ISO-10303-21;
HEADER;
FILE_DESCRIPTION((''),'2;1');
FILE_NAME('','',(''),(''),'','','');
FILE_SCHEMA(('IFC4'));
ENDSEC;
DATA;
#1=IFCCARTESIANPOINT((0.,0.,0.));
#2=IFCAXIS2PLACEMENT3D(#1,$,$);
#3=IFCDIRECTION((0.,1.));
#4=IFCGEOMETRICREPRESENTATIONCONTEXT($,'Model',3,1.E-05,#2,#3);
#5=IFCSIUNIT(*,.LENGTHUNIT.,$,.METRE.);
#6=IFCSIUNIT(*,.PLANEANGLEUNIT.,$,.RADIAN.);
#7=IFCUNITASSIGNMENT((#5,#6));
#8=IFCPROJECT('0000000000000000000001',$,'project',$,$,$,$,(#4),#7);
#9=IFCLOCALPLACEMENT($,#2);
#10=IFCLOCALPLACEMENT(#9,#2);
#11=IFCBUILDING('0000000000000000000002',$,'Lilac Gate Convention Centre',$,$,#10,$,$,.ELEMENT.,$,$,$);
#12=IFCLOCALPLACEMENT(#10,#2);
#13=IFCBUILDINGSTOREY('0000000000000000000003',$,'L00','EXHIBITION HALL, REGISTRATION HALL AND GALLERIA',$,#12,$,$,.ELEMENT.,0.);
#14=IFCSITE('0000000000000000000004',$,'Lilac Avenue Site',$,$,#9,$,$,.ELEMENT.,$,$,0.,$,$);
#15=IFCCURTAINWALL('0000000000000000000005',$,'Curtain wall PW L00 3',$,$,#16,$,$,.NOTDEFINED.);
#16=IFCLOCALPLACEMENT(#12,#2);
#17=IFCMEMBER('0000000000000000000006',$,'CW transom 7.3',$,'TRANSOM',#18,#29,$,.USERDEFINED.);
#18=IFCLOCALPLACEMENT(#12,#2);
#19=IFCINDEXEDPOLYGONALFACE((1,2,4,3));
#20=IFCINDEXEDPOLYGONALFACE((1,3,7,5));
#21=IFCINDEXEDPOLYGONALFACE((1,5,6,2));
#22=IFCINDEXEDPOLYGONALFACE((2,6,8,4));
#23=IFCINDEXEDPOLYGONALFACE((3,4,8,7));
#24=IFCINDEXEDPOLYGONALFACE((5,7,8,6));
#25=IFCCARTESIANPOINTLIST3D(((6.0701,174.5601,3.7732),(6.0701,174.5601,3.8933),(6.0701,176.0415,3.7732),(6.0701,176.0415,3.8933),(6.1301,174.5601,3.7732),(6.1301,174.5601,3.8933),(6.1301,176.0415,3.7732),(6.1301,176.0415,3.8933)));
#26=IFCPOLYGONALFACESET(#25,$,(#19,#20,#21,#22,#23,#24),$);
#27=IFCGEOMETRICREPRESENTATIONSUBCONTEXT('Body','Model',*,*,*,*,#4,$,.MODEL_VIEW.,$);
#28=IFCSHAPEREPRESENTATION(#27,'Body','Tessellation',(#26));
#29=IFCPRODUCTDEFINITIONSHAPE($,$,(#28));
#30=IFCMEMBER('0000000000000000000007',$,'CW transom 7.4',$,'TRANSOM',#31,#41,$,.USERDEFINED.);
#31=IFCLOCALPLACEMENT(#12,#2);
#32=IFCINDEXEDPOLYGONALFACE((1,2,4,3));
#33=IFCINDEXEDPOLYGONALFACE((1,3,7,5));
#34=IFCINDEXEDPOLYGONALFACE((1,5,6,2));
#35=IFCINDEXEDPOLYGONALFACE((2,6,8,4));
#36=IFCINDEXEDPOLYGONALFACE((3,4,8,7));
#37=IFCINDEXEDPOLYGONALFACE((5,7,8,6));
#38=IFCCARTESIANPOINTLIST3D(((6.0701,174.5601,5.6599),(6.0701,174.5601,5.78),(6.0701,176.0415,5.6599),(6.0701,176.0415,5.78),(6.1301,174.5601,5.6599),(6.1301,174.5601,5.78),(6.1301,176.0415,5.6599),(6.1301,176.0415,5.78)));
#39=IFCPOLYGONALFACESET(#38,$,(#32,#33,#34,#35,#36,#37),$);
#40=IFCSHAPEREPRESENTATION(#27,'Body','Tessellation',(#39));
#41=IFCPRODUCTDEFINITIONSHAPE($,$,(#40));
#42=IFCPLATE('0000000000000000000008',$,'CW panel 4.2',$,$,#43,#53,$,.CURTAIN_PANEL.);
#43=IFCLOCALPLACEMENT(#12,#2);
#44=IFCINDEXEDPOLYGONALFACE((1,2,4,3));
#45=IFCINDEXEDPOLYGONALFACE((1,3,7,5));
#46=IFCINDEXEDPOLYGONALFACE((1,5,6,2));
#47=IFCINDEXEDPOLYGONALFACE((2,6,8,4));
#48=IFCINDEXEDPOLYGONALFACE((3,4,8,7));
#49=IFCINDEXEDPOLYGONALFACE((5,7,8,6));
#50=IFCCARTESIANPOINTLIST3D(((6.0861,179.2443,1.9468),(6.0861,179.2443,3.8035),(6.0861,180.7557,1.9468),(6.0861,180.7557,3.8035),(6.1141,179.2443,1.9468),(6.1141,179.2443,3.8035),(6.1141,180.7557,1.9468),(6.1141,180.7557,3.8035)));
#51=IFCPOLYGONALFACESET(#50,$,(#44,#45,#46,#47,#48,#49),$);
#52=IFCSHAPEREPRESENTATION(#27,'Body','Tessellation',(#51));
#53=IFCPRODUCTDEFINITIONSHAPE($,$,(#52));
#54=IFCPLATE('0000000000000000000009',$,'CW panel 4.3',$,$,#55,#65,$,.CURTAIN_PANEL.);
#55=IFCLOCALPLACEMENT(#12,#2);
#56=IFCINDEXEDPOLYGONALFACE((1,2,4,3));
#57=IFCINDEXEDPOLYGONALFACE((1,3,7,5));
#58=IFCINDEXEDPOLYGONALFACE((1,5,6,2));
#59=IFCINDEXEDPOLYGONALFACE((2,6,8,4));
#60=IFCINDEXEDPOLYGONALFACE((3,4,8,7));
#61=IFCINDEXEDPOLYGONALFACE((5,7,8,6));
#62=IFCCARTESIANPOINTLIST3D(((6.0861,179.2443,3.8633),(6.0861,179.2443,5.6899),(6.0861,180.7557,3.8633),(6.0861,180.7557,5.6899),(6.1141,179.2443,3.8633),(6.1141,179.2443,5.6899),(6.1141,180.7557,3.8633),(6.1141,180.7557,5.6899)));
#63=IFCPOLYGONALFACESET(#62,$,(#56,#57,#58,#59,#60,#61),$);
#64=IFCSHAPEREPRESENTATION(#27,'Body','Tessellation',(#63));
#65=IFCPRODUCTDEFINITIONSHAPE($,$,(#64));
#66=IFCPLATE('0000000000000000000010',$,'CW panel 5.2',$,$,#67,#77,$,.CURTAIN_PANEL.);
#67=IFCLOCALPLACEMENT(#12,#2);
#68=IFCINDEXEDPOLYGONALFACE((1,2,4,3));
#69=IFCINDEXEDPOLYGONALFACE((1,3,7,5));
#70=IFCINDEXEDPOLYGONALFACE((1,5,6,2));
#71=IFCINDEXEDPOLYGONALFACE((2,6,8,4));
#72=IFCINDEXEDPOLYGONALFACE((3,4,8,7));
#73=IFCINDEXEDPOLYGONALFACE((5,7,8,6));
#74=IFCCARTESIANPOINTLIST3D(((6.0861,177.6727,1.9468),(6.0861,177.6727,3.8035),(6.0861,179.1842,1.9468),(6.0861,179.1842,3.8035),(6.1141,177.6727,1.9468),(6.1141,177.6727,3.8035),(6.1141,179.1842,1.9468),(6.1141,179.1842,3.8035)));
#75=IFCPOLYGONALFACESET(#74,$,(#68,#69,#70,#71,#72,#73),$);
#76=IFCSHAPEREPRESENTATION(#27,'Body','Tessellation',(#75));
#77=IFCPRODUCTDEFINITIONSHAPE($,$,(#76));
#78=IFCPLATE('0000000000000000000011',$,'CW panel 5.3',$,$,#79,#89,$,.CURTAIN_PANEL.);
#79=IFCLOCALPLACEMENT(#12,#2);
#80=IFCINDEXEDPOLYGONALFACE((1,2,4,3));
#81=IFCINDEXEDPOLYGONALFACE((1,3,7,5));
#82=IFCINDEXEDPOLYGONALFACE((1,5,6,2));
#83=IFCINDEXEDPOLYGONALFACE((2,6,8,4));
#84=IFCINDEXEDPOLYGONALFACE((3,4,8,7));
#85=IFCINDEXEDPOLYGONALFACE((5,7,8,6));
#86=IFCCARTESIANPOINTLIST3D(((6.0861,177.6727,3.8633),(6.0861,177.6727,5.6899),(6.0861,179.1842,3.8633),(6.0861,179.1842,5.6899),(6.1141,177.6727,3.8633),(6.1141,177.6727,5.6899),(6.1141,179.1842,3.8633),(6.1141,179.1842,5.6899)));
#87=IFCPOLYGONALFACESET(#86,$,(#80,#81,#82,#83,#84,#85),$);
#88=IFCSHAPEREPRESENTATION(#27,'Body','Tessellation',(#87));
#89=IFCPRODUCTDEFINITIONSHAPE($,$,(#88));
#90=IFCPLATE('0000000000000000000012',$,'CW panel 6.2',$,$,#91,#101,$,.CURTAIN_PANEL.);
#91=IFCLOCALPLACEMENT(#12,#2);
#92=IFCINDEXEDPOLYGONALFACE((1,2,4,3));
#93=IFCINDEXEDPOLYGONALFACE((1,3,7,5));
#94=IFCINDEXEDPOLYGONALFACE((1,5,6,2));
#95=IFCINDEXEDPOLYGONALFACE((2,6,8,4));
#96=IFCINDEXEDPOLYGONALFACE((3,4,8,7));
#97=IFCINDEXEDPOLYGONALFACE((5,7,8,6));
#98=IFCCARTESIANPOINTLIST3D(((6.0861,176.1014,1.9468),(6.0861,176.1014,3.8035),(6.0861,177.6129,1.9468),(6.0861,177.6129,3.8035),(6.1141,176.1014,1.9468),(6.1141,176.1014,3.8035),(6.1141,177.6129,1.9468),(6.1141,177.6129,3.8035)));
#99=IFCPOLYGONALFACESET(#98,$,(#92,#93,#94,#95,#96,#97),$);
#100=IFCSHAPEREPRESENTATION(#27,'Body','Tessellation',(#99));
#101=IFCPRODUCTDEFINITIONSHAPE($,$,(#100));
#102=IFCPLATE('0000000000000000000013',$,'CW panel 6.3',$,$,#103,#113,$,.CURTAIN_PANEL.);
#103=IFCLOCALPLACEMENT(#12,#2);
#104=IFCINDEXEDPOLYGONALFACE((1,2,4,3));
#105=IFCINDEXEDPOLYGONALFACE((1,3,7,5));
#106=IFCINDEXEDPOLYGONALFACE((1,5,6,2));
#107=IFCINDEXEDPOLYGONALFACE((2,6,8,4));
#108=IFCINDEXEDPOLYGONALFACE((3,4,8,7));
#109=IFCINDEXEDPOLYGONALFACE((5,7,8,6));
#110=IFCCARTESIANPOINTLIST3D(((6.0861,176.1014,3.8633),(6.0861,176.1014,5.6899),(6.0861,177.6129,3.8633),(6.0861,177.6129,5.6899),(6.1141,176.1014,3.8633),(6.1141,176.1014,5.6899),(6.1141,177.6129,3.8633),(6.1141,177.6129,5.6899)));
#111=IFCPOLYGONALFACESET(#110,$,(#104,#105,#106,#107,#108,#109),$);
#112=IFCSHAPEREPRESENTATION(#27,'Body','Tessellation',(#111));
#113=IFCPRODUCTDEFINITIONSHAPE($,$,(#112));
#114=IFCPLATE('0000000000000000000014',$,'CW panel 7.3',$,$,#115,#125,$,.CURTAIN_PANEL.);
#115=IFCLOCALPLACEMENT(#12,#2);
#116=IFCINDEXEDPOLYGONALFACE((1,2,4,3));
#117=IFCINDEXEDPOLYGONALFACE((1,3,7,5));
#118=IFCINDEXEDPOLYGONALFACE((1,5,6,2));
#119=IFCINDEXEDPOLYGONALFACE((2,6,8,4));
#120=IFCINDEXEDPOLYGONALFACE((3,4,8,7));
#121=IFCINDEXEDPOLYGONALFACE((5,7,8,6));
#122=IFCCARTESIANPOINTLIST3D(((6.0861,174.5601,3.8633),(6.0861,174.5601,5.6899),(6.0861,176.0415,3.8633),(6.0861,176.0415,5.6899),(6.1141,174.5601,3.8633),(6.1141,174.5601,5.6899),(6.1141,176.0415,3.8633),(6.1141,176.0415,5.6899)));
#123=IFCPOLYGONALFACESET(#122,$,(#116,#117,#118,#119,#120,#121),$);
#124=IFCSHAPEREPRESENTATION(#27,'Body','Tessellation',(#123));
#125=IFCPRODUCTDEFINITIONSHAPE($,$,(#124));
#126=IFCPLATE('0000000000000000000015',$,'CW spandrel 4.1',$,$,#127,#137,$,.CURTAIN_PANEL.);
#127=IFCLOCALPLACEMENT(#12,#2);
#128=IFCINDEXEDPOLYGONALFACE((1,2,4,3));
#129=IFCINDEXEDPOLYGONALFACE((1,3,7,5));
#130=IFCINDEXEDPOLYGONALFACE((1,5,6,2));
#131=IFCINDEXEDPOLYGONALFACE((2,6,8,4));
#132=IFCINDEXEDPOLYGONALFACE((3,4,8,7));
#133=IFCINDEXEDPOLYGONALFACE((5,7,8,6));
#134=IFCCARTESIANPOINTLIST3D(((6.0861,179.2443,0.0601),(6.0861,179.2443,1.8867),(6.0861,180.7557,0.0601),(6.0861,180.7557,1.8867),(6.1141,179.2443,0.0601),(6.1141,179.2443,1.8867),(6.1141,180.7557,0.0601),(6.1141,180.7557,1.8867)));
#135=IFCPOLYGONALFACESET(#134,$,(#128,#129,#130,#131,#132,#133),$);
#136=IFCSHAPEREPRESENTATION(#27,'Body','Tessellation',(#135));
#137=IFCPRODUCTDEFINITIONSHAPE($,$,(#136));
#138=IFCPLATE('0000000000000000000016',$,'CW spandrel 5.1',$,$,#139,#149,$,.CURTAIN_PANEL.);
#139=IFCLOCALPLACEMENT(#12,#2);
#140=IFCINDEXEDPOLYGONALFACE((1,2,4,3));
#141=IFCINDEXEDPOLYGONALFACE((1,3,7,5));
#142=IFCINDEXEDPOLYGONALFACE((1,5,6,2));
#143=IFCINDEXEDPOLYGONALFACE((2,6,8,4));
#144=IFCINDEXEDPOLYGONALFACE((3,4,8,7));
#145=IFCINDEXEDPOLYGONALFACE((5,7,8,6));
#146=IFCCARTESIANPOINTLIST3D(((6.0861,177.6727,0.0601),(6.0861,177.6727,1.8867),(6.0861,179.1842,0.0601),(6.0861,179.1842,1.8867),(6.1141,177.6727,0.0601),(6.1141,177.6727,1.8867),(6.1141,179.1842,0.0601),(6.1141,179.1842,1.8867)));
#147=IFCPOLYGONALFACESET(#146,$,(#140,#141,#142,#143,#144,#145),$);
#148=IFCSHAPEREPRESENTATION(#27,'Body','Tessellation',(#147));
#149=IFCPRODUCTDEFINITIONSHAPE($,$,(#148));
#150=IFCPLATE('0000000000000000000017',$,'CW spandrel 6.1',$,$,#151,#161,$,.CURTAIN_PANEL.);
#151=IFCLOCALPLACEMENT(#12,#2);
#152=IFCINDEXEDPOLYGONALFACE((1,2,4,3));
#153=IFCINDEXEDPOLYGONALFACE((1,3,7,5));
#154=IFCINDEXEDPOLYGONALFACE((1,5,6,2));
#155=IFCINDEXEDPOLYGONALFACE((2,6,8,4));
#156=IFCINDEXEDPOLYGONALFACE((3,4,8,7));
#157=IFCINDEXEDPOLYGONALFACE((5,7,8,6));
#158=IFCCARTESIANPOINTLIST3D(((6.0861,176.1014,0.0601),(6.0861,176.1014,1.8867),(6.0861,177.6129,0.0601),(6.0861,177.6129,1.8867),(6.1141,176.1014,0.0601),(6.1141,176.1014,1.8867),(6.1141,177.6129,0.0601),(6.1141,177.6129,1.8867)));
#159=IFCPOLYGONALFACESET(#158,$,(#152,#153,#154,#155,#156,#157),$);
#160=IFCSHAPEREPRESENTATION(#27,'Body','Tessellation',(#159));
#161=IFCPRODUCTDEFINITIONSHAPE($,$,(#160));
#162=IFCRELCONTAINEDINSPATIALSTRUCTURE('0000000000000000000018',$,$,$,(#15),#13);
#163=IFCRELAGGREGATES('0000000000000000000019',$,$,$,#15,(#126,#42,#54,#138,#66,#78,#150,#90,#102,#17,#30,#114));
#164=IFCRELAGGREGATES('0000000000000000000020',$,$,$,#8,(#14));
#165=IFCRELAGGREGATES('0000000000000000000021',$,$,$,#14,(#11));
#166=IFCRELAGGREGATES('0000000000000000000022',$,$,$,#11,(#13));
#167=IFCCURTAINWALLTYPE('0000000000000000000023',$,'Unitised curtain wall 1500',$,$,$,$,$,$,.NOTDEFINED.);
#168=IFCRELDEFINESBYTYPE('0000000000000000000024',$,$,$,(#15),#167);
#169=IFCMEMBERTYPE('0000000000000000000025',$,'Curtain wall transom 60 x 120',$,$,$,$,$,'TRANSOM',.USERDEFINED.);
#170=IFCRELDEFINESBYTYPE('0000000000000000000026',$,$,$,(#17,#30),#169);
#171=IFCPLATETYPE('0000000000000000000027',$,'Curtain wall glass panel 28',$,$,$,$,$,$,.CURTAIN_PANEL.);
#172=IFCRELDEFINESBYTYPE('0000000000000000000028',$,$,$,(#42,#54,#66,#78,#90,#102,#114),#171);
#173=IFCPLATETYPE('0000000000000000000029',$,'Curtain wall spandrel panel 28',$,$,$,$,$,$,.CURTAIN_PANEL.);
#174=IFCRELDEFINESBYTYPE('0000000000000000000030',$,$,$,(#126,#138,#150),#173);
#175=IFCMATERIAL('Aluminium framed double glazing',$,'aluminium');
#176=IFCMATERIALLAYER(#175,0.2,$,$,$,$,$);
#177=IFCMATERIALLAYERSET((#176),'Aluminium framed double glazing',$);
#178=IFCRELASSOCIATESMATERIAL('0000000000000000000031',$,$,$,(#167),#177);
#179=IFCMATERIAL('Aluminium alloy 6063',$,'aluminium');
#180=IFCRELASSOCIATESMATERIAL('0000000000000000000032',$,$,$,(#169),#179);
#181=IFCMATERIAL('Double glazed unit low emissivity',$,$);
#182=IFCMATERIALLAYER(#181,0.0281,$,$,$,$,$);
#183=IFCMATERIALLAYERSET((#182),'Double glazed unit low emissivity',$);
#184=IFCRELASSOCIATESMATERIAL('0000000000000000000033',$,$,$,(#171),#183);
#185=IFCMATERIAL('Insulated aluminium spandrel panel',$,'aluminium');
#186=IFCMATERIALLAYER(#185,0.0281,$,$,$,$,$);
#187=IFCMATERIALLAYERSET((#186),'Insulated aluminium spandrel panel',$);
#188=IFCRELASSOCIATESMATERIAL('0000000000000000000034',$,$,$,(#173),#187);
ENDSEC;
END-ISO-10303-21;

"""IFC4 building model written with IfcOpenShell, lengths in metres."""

from ifc_helpers import new_model, si_unit, direction, frame, origin, origin_2d, place, context, subcontext, project, spatial, rectangle, extrude, material, layer, layer_set, material_profile, profile_set, type_object, element, aggregate, save


model = new_model("IFC4")

# Units and contexts
model_context = context("Model", 3, precision=1e-05, world=origin(), true_north=direction((0.0, 1.0)))
body_context = subcontext(model_context, "Body", "Model", "MODEL_VIEW")
ifc_project = project(units=[si_unit("LENGTHUNIT", "METRE"), si_unit("PLANEANGLEUNIT", "RADIAN")], contexts=[model_context])

# Site, building, storey
site_placement = place(None, origin())
site = spatial("IfcSite", under=ifc_project, at=site_placement, Name="Lilac Avenue Site", CompositionType="ELEMENT", RefElevation=0.0)
building_placement = place(site_placement, origin())
building = spatial("IfcBuilding", under=site, at=building_placement, Name="Lilac Gate Convention Centre", CompositionType="ELEMENT")
storey_placement = place(building_placement, origin())
storey = spatial("IfcBuildingStorey", under=building, at=storey_placement, Name="L00", Description="EXHIBITION HALL, REGISTRATION HALL AND GALLERIA", CompositionType="ELEMENT", Elevation=0.0)

# Curtain wall, members, plates
ifc_material_1 = material(Name="Aluminium framed double glazing", Category="aluminium")
ifc_layer_1 = layer(ifc_material_1, 0.2)
ifc_layer_set_1 = layer_set([ifc_layer_1], Name="Aluminium framed double glazing")
curtain_wall_type = type_object("IfcCurtainWallType", Name="Unitised curtain wall 1500", PredefinedType="NOTDEFINED", material=ifc_layer_set_1)
curtain_wall_placement = place(storey_placement, origin())
curtain_wall = element("IfcCurtainWall", 1, at=curtain_wall_placement, inside=storey, type_object=curtain_wall_type, Name="Curtain wall PW L00 3", PredefinedType="NOTDEFINED")
ifc_material_2 = material(Name="Aluminium alloy 6063", Category="aluminium")
ifc_material_profile_1 = material_profile(ifc_material_2, rectangle(XDim=0.0601, YDim=0.1201, at=origin_2d()), Name="Curtain wall transom 60 x 120")
ifc_profile_set_1 = profile_set([ifc_material_profile_1], Name="Aluminium alloy 6063")
member_type_1 = type_object("IfcMemberType", Name="Curtain wall transom 60 x 120", ElementType="TRANSOM", PredefinedType="USERDEFINED", material=ifc_profile_set_1)
member_1_placement = place(storey_placement, frame((6.1001, 176.0415, 3.8333), z_axis=(0.0, -1.0, 0.0), x_axis=(1.0, 0.0, 0.0)))
member_1 = element("IfcMember", 2, at=member_1_placement, type_object=member_type_1, Name="CW transom 7.3", ObjectType="TRANSOM", PredefinedType="USERDEFINED", context=body_context, shape_type="SweptSolid", body=[
    extrude(rectangle(XDim=0.0601, YDim=0.1201, at=origin_2d()), origin(), (0.0, 0.0, 1.0), 1.4814),
])
member_2_placement = place(storey_placement, frame((6.1001, 176.0415, 5.72), z_axis=(0.0, -1.0, 0.0), x_axis=(1.0, 0.0, 0.0)))
member_2 = element("IfcMember", 3, at=member_2_placement, type_object=member_type_1, Name="CW transom 7.4", ObjectType="TRANSOM", PredefinedType="USERDEFINED", context=body_context, shape_type="SweptSolid", body=[
    extrude(rectangle(XDim=0.0601, YDim=0.1201, at=origin_2d()), origin(), (0.0, 0.0, 1.0), 1.4814),
])
ifc_material_3 = material(Name="Double glazed unit low emissivity")
ifc_layer_2 = layer(ifc_material_3, 0.0281)
ifc_layer_set_2 = layer_set([ifc_layer_2], Name="Double glazed unit low emissivity")
plate_type_1 = type_object("IfcPlateType", Name="Curtain wall glass panel 28", PredefinedType="CURTAIN_PANEL", material=ifc_layer_set_2)
plate_1_placement = place(storey_placement, frame((6.1001, 180.0, 1.9468), z_axis=(0.0, 0.0, 1.0), x_axis=(0.0, -1.0, 0.0)))
plate_1 = element("IfcPlate", 4, at=plate_1_placement, type_object=plate_type_1, Name="CW panel 4.2", PredefinedType="CURTAIN_PANEL", context=body_context, shape_type="SweptSolid", body=[
    extrude(rectangle(XDim=1.5115, YDim=0.0281, at=origin_2d()), origin(), (0.0, 0.0, 1.0), 1.8567),
])
plate_2_placement = place(storey_placement, frame((6.1001, 180.0, 3.8633), z_axis=(0.0, 0.0, 1.0), x_axis=(0.0, -1.0, 0.0)))
plate_2 = element("IfcPlate", 5, at=plate_2_placement, type_object=plate_type_1, Name="CW panel 4.3", PredefinedType="CURTAIN_PANEL", context=body_context, shape_type="SweptSolid", body=[
    extrude(rectangle(XDim=1.5115, YDim=0.0281, at=origin_2d()), origin(), (0.0, 0.0, 1.0), 1.8267),
])
plate_3_placement = place(storey_placement, frame((6.1001, 178.4285, 1.9468), z_axis=(0.0, 0.0, 1.0), x_axis=(0.0, -1.0, 0.0)))
plate_3 = element("IfcPlate", 6, at=plate_3_placement, type_object=plate_type_1, Name="CW panel 5.2", PredefinedType="CURTAIN_PANEL", context=body_context, shape_type="SweptSolid", body=[
    extrude(rectangle(XDim=1.5115, YDim=0.0281, at=origin_2d()), origin(), (0.0, 0.0, 1.0), 1.8567),
])
plate_4_placement = place(storey_placement, frame((6.1001, 178.4285, 3.8633), z_axis=(0.0, 0.0, 1.0), x_axis=(0.0, -1.0, 0.0)))
plate_4 = element("IfcPlate", 7, at=plate_4_placement, type_object=plate_type_1, Name="CW panel 5.3", PredefinedType="CURTAIN_PANEL", context=body_context, shape_type="SweptSolid", body=[
    extrude(rectangle(XDim=1.5115, YDim=0.0281, at=origin_2d()), origin(), (0.0, 0.0, 1.0), 1.8267),
])
plate_5_placement = place(storey_placement, frame((6.1001, 176.8572, 1.9468), z_axis=(0.0, 0.0, 1.0), x_axis=(0.0, -1.0, 0.0)))
plate_5 = element("IfcPlate", 8, at=plate_5_placement, type_object=plate_type_1, Name="CW panel 6.2", PredefinedType="CURTAIN_PANEL", context=body_context, shape_type="SweptSolid", body=[
    extrude(rectangle(XDim=1.5115, YDim=0.0281, at=origin_2d()), origin(), (0.0, 0.0, 1.0), 1.8567),
])
plate_6_placement = place(storey_placement, frame((6.1001, 176.8572, 3.8633), z_axis=(0.0, 0.0, 1.0), x_axis=(0.0, -1.0, 0.0)))
plate_6 = element("IfcPlate", 9, at=plate_6_placement, type_object=plate_type_1, Name="CW panel 6.3", PredefinedType="CURTAIN_PANEL", context=body_context, shape_type="SweptSolid", body=[
    extrude(rectangle(XDim=1.5115, YDim=0.0281, at=origin_2d()), origin(), (0.0, 0.0, 1.0), 1.8267),
])
plate_7_placement = place(storey_placement, frame((6.1001, 175.3008, 3.8633), z_axis=(0.0, 0.0, 1.0), x_axis=(0.0, -1.0, 0.0)))
plate_7 = element("IfcPlate", 10, at=plate_7_placement, type_object=plate_type_1, Name="CW panel 7.3", PredefinedType="CURTAIN_PANEL", context=body_context, shape_type="SweptSolid", body=[
    extrude(rectangle(XDim=1.4814, YDim=0.0281, at=origin_2d()), origin(), (0.0, 0.0, 1.0), 1.8267),
])
ifc_material_4 = material(Name="Insulated aluminium spandrel panel", Category="aluminium")
ifc_layer_3 = layer(ifc_material_4, 0.0281)
ifc_layer_set_3 = layer_set([ifc_layer_3], Name="Insulated aluminium spandrel panel")
plate_type_2 = type_object("IfcPlateType", Name="Curtain wall spandrel panel 28", PredefinedType="CURTAIN_PANEL", material=ifc_layer_set_3)
plate_8_placement = place(storey_placement, frame((6.1001, 180.0, 0.0601), z_axis=(0.0, 0.0, 1.0), x_axis=(0.0, -1.0, 0.0)))
plate_8 = element("IfcPlate", 11, at=plate_8_placement, type_object=plate_type_2, Name="CW spandrel 4.1", PredefinedType="CURTAIN_PANEL", context=body_context, shape_type="SweptSolid", body=[
    extrude(rectangle(XDim=1.5115, YDim=0.0281, at=origin_2d()), origin(), (0.0, 0.0, 1.0), 1.8267),
])
plate_9_placement = place(storey_placement, frame((6.1001, 178.4285, 0.0601), z_axis=(0.0, 0.0, 1.0), x_axis=(0.0, -1.0, 0.0)))
plate_9 = element("IfcPlate", 12, at=plate_9_placement, type_object=plate_type_2, Name="CW spandrel 5.1", PredefinedType="CURTAIN_PANEL", context=body_context, shape_type="SweptSolid", body=[
    extrude(rectangle(XDim=1.5115, YDim=0.0281, at=origin_2d()), origin(), (0.0, 0.0, 1.0), 1.8267),
])
plate_10_placement = place(storey_placement, frame((6.1001, 176.8572, 0.0601), z_axis=(0.0, 0.0, 1.0), x_axis=(0.0, -1.0, 0.0)))
plate_10 = element("IfcPlate", 13, at=plate_10_placement, type_object=plate_type_2, Name="CW spandrel 6.1", PredefinedType="CURTAIN_PANEL", context=body_context, shape_type="SweptSolid", body=[
    extrude(rectangle(XDim=1.5115, YDim=0.0281, at=origin_2d()), origin(), (0.0, 0.0, 1.0), 1.8267),
])
aggregate(curtain_wall, [plate_8, plate_1, plate_2, plate_9, plate_3, plate_4, plate_10, plate_5, plate_6, member_1, member_2, plate_7])

save(model, "model.ifc")
